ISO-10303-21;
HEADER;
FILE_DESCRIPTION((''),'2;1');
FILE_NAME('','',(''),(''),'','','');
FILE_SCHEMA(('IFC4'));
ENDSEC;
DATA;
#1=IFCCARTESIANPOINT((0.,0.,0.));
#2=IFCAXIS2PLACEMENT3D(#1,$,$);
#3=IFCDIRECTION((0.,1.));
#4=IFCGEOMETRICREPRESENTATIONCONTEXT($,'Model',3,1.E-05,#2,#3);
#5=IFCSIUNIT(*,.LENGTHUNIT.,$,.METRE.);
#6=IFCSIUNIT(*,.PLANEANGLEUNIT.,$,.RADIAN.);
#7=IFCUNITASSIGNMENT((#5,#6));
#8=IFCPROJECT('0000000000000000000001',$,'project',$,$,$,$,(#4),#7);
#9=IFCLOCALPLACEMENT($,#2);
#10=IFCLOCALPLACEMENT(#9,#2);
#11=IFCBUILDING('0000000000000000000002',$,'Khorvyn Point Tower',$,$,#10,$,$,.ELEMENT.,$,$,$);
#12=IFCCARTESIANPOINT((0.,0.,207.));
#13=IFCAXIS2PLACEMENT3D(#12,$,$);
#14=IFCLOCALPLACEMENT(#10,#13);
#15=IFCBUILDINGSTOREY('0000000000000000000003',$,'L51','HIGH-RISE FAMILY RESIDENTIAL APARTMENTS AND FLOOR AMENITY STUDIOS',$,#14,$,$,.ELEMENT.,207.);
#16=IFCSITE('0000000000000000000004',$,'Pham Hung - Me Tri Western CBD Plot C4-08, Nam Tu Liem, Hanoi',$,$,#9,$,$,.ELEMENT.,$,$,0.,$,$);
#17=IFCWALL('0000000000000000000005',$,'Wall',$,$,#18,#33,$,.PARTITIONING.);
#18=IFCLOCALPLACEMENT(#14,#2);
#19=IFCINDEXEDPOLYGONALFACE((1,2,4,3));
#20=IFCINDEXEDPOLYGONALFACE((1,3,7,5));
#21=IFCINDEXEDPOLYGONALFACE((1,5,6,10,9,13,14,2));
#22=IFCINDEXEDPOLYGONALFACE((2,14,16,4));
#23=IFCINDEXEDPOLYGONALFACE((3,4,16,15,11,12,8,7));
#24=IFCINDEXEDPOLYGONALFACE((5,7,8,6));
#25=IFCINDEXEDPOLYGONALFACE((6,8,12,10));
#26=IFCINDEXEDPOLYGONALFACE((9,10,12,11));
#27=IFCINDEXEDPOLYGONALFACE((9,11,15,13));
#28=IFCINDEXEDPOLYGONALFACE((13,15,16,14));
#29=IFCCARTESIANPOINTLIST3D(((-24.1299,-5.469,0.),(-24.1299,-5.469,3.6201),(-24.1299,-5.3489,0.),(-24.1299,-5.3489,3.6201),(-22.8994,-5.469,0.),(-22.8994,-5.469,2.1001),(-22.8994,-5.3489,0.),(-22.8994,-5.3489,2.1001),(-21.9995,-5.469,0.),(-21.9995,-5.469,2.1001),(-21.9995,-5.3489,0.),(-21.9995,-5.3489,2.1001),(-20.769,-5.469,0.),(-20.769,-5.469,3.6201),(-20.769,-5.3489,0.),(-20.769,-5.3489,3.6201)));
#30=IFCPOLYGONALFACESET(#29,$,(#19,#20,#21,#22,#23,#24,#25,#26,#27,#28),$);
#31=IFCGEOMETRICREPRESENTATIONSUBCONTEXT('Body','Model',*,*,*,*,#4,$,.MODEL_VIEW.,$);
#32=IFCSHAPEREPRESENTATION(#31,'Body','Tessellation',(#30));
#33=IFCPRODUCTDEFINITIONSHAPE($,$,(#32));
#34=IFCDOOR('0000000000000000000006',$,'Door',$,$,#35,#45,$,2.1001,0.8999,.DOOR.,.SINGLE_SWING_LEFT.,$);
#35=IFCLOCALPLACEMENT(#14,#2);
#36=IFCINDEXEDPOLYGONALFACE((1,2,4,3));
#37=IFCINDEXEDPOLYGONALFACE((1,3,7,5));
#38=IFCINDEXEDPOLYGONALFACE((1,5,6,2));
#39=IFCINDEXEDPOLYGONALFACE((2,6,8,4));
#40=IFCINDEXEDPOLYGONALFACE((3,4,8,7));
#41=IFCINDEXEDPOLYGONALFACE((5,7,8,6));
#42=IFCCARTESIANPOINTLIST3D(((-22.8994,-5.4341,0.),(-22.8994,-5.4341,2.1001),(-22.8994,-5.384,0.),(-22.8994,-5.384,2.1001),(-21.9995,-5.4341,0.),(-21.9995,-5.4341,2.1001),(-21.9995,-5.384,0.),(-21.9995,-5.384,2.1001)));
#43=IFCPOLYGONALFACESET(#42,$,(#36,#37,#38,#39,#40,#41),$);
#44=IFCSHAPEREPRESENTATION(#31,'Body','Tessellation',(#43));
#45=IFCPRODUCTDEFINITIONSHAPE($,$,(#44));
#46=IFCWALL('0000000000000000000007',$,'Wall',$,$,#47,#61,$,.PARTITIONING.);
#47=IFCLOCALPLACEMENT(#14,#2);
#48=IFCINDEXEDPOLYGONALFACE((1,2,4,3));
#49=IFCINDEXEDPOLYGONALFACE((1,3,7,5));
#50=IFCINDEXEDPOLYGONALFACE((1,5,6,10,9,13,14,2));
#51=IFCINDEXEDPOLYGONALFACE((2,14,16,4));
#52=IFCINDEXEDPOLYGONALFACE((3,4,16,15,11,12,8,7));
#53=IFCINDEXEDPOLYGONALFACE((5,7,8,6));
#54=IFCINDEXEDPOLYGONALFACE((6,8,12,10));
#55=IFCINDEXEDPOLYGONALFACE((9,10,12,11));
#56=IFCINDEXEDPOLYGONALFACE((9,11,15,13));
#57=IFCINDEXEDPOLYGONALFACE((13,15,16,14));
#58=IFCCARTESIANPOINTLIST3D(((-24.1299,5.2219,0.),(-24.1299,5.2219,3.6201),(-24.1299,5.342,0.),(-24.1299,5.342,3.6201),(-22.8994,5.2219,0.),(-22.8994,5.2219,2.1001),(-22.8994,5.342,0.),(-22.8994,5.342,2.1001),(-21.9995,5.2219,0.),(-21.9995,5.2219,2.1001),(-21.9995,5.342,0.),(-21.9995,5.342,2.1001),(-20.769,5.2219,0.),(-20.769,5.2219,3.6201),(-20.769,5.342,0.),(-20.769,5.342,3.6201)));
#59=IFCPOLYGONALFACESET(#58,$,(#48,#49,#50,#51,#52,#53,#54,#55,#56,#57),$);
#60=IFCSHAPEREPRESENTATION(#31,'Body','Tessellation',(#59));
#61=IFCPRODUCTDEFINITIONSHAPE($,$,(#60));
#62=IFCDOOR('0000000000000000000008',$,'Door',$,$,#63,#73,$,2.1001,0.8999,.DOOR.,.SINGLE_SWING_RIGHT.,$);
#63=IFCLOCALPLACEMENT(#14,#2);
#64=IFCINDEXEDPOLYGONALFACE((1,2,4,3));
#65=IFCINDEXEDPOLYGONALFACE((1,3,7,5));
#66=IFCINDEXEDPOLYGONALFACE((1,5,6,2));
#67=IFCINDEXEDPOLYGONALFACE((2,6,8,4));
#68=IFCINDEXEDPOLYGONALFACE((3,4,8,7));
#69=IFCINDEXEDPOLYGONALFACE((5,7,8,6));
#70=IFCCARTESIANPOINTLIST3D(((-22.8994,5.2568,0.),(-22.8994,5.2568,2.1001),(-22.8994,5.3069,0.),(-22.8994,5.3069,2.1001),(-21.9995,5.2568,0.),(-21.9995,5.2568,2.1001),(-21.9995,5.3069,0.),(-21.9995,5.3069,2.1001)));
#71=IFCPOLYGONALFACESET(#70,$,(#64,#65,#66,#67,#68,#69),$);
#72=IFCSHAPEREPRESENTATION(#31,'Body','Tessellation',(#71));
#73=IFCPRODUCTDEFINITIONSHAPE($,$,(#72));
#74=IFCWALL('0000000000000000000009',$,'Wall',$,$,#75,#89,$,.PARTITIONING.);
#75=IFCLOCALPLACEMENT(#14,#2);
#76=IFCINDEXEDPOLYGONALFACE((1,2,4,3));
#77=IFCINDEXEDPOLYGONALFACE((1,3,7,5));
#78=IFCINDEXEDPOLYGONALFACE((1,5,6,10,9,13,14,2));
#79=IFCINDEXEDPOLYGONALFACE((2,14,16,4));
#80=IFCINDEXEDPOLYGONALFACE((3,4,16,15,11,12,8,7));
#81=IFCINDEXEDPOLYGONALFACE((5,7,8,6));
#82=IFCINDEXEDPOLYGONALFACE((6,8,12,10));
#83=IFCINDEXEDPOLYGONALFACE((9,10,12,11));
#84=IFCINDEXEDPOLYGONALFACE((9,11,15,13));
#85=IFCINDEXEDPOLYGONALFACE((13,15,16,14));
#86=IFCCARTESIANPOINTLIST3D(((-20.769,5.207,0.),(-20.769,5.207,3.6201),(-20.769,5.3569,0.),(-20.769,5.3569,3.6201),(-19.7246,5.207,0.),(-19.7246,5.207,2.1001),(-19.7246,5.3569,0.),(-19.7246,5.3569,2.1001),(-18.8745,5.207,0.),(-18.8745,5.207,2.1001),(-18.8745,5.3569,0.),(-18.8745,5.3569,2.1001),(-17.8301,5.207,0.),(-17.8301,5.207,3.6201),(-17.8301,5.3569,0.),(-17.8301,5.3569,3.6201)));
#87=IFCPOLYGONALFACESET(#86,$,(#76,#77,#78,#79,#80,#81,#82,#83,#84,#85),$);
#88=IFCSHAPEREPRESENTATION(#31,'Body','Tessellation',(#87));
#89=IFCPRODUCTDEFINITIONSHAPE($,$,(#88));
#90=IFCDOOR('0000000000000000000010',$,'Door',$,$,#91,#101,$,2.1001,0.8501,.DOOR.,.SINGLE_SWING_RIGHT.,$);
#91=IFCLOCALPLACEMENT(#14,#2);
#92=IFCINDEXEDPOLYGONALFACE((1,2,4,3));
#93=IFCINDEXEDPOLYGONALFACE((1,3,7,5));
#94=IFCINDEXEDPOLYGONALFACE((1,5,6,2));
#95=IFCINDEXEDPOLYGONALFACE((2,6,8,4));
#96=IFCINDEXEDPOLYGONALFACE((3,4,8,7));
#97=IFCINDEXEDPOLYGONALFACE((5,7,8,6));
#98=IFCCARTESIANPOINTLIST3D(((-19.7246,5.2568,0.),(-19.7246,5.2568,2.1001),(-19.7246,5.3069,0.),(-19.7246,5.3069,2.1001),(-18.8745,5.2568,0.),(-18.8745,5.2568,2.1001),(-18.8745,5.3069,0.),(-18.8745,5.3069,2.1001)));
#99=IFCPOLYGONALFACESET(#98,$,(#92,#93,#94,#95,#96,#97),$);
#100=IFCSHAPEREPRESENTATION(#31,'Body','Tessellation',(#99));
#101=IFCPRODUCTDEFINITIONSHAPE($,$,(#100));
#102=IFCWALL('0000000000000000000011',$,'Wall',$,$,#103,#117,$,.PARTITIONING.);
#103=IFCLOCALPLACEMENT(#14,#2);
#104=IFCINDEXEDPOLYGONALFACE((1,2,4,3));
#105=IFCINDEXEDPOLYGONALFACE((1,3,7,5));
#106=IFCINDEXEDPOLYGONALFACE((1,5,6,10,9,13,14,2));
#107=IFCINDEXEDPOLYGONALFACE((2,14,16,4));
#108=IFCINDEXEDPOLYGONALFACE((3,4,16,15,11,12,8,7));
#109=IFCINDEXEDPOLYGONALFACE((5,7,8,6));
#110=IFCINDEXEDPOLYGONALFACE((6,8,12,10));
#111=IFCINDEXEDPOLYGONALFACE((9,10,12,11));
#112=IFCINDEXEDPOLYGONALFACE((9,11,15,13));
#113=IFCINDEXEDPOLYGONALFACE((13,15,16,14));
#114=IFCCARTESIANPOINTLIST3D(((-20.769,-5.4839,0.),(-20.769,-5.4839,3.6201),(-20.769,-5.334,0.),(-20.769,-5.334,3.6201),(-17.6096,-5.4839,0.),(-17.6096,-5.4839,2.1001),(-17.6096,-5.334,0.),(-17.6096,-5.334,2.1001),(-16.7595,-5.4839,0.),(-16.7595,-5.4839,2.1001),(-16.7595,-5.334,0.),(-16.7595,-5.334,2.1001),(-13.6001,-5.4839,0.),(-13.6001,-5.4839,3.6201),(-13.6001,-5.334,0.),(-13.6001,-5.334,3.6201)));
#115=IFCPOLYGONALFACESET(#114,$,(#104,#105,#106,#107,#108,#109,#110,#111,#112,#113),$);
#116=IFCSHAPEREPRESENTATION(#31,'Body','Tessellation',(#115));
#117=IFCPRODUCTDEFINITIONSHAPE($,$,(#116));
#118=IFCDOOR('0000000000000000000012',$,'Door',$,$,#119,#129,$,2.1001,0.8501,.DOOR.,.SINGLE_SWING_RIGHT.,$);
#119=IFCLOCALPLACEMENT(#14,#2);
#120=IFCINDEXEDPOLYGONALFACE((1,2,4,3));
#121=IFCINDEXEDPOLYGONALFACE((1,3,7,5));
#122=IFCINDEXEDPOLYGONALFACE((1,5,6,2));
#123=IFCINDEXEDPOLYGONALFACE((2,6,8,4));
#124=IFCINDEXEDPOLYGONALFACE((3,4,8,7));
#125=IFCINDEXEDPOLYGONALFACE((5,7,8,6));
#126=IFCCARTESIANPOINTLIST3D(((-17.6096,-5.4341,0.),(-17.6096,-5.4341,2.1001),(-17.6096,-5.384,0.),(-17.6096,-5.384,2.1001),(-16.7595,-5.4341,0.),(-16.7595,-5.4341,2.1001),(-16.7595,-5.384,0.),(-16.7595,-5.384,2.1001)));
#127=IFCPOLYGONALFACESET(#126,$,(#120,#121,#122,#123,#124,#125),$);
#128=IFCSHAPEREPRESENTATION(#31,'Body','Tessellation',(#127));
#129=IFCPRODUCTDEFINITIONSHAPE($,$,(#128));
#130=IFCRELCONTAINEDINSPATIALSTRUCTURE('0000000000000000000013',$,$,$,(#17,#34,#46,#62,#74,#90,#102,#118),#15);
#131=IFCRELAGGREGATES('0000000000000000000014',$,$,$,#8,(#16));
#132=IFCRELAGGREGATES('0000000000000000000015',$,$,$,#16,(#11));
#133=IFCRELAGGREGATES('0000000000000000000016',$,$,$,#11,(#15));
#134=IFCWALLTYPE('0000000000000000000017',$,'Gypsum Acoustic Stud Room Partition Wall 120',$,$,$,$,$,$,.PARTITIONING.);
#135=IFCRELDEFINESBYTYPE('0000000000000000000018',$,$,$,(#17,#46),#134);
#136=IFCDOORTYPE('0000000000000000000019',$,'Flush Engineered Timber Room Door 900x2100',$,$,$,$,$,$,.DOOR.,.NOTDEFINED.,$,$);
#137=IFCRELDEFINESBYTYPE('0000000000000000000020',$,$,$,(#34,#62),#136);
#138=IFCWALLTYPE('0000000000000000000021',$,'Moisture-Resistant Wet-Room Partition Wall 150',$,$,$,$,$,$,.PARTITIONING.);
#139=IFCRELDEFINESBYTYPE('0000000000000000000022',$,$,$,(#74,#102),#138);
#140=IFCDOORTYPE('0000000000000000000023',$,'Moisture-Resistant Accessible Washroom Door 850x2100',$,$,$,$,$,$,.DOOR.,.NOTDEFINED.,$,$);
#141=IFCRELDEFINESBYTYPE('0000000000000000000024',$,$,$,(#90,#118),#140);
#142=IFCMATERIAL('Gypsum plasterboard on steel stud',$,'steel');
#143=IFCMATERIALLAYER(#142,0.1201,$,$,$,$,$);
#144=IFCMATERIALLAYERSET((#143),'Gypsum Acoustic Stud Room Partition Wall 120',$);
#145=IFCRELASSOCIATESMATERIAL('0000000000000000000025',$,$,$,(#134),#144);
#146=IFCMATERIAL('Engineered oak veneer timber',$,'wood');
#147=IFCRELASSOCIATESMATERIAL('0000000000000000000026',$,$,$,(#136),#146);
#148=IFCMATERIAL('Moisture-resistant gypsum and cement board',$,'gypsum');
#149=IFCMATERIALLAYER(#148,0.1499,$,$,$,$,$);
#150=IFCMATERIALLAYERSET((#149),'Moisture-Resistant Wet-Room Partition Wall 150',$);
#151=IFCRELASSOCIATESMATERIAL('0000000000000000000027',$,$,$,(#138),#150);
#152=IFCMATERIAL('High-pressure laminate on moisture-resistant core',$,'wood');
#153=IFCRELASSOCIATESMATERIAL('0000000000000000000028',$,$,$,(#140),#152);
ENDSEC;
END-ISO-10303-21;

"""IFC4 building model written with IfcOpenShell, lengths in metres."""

from ifc_helpers import new_model, si_unit, direction, frame, frame_2d, origin, place, context, subcontext, project, spatial, rectangle, extrude, material, layer, layer_set, type_object, element, fill, save


model = new_model("IFC4")

# Units and contexts
model_context = context("Model", 3, precision=1e-05, world=origin(), true_north=direction((0.0, 1.0)))
body_context = subcontext(model_context, "Body", "Model", "MODEL_VIEW")
ifc_project = project(units=[si_unit("LENGTHUNIT", "METRE"), si_unit("PLANEANGLEUNIT", "RADIAN")], contexts=[model_context])

# Site, building, storey
site_placement = place(None, origin())
site = spatial("IfcSite", under=ifc_project, at=site_placement, Name="Pham Hung - Me Tri Western CBD Plot C4-08, Nam Tu Liem, Hanoi", CompositionType="ELEMENT", RefElevation=0.0)
building_placement = place(site_placement, origin())
building = spatial("IfcBuilding", under=site, at=building_placement, Name="Khorvyn Point Tower", CompositionType="ELEMENT")
storey_placement = place(building_placement, frame((0.0, 0.0, 207.0)))
storey = spatial("IfcBuildingStorey", under=building, at=storey_placement, Name="L51", Description="HIGH-RISE FAMILY RESIDENTIAL APARTMENTS AND FLOOR AMENITY STUDIOS", CompositionType="ELEMENT", Elevation=207.0)

# Walls, openings, doors
ifc_material_1 = material(Name="Gypsum plasterboard on steel stud", Category="steel")
ifc_layer_1 = layer(ifc_material_1, 0.1201)
ifc_layer_set_1 = layer_set([ifc_layer_1], Name="Gypsum Acoustic Stud Room Partition Wall 120")
wall_type_1 = type_object("IfcWallType", Name="Gypsum Acoustic Stud Room Partition Wall 120", PredefinedType="PARTITIONING", material=ifc_layer_set_1)
ifc_material_2 = material(Name="Engineered oak veneer timber", Category="wood")
door_type_1 = type_object("IfcDoorType", Name="Flush Engineered Timber Room Door 900x2100", OperationType="NOTDEFINED", PredefinedType="DOOR", material=ifc_material_2)
wall_1_placement = place(storey_placement, frame((-24.1299, -5.4089, 0.0), z_axis=(0.0, 0.0, 1.0), x_axis=(1.0, 0.0, 0.0)))
wall_1 = element("IfcWall", 1, at=wall_1_placement, inside=storey, type_object=wall_type_1, Name="Wall", PredefinedType="PARTITIONING", context=body_context, shape_type="SweptSolid", body=[
    extrude(rectangle(XDim=3.3608, YDim=0.1201, at=frame_2d((1.6804, 0.0))), origin(), (0.0, 0.0, 1.0), 3.6201),
])
opening_1_placement = place(wall_1_placement, frame((1.2305, 0.0, 0.0)))
opening_1 = element("IfcOpeningElement", 2, at=opening_1_placement, cuts=wall_1, PredefinedType="OPENING", context=body_context, shape_type="SweptSolid", body=[
    extrude(rectangle(XDim=0.8999, YDim=2.1001, at=frame_2d((0.45, 1.05))), frame((0.0, 0.0701, 0.0), z_axis=(0.0, -1.0, 0.0), x_axis=(1.0, 0.0, 0.0)), (0.0, 0.0, 1.0), 0.1401),
])
door_1_placement = place(opening_1_placement, origin())
door_1 = element("IfcDoor", 3, at=door_1_placement, inside=storey, type_object=door_type_1, Name="Door", OperationType="SINGLE_SWING_LEFT", OverallHeight=2.1001, OverallWidth=0.8999, PredefinedType="DOOR", context=body_context, shape_type="SweptSolid", body=[
    extrude(rectangle(XDim=0.8999, YDim=2.1001, at=frame_2d((0.45, 1.05))), frame((0.0, 0.0249, 0.0), z_axis=(0.0, -1.0, 0.0), x_axis=(1.0, 0.0, 0.0)), (0.0, 0.0, 1.0), 0.05),
])
fill(opening_1, door_1)
wall_2_placement = place(storey_placement, frame((-24.1299, 5.282, 0.0), z_axis=(0.0, 0.0, 1.0), x_axis=(1.0, 0.0, 0.0)))
wall_2 = element("IfcWall", 4, at=wall_2_placement, inside=storey, type_object=wall_type_1, Name="Wall", PredefinedType="PARTITIONING", context=body_context, shape_type="SweptSolid", body=[
    extrude(rectangle(XDim=3.3608, YDim=0.1201, at=frame_2d((1.6804, 0.0))), origin(), (0.0, 0.0, 1.0), 3.6201),
])
opening_2_placement = place(wall_2_placement, frame((1.2305, 0.0, 0.0)))
opening_2 = element("IfcOpeningElement", 5, at=opening_2_placement, cuts=wall_2, PredefinedType="OPENING", context=body_context, shape_type="SweptSolid", body=[
    extrude(rectangle(XDim=0.8999, YDim=2.1001, at=frame_2d((0.45, 1.05))), frame((0.0, 0.0701, 0.0), z_axis=(0.0, -1.0, 0.0), x_axis=(1.0, 0.0, 0.0)), (0.0, 0.0, 1.0), 0.1401),
])
door_2_placement = place(opening_2_placement, origin())
door_2 = element("IfcDoor", 6, at=door_2_placement, inside=storey, type_object=door_type_1, Name="Door", OperationType="SINGLE_SWING_RIGHT", OverallHeight=2.1001, OverallWidth=0.8999, PredefinedType="DOOR", context=body_context, shape_type="SweptSolid", body=[
    extrude(rectangle(XDim=0.8999, YDim=2.1001, at=frame_2d((0.45, 1.05))), frame((0.0, 0.0249, 0.0), z_axis=(0.0, -1.0, 0.0), x_axis=(1.0, 0.0, 0.0)), (0.0, 0.0, 1.0), 0.05),
])
fill(opening_2, door_2)
ifc_material_3 = material(Name="Moisture-resistant gypsum and cement board", Category="gypsum")
ifc_layer_2 = layer(ifc_material_3, 0.1499)
ifc_layer_set_2 = layer_set([ifc_layer_2], Name="Moisture-Resistant Wet-Room Partition Wall 150")
wall_type_2 = type_object("IfcWallType", Name="Moisture-Resistant Wet-Room Partition Wall 150", PredefinedType="PARTITIONING", material=ifc_layer_set_2)
wall_3_placement = place(storey_placement, frame((-20.769, 5.282, 0.0), z_axis=(0.0, 0.0, 1.0), x_axis=(1.0, 0.0, 0.0)))
wall_3 = element("IfcWall", 7, at=wall_3_placement, inside=storey, type_object=wall_type_2, Name="Wall", PredefinedType="PARTITIONING", context=body_context, shape_type="SweptSolid", body=[
    extrude(rectangle(XDim=2.939, YDim=0.1499, at=frame_2d((1.4695, 0.0))), origin(), (0.0, 0.0, 1.0), 3.6201),
])
opening_3_placement = place(wall_3_placement, frame((1.0444, 0.0, 0.0)))
opening_3 = element("IfcOpeningElement", 8, at=opening_3_placement, cuts=wall_3, PredefinedType="OPENING", context=body_context, shape_type="SweptSolid", body=[
    extrude(rectangle(XDim=0.8501, YDim=2.1001, at=frame_2d((0.425, 1.05))), frame((0.0, 0.085, 0.0), z_axis=(0.0, -1.0, 0.0), x_axis=(1.0, 0.0, 0.0)), (0.0, 0.0, 1.0), 0.1699),
])
ifc_material_4 = material(Name="High-pressure laminate on moisture-resistant core", Category="wood")
door_type_2 = type_object("IfcDoorType", Name="Moisture-Resistant Accessible Washroom Door 850x2100", OperationType="NOTDEFINED", PredefinedType="DOOR", material=ifc_material_4)
door_3_placement = place(opening_3_placement, origin())
door_3 = element("IfcDoor", 9, at=door_3_placement, inside=storey, type_object=door_type_2, Name="Door", OperationType="SINGLE_SWING_RIGHT", OverallHeight=2.1001, OverallWidth=0.8501, PredefinedType="DOOR", context=body_context, shape_type="SweptSolid", body=[
    extrude(rectangle(XDim=0.8501, YDim=2.1001, at=frame_2d((0.425, 1.05))), frame((0.0, 0.0249, 0.0), z_axis=(0.0, -1.0, 0.0), x_axis=(1.0, 0.0, 0.0)), (0.0, 0.0, 1.0), 0.05),
])
fill(opening_3, door_3)
wall_4_placement = place(storey_placement, frame((-20.769, -5.4089, 0.0), z_axis=(0.0, 0.0, 1.0), x_axis=(1.0, 0.0, 0.0)))
wall_4 = element("IfcWall", 10, at=wall_4_placement, inside=storey, type_object=wall_type_2, Name="Wall", PredefinedType="PARTITIONING", context=body_context, shape_type="SweptSolid", body=[
    extrude(rectangle(XDim=7.1689, YDim=0.1499, at=frame_2d((3.5845, 0.0))), origin(), (0.0, 0.0, 1.0), 3.6201),
])
opening_4_placement = place(wall_4_placement, frame((3.1594, 0.0, 0.0)))
opening_4 = element("IfcOpeningElement", 11, at=opening_4_placement, cuts=wall_4, PredefinedType="OPENING", context=body_context, shape_type="SweptSolid", body=[
    extrude(rectangle(XDim=0.8501, YDim=2.1001, at=frame_2d((0.425, 1.05))), frame((0.0, 0.085, 0.0), z_axis=(0.0, -1.0, 0.0), x_axis=(1.0, 0.0, 0.0)), (0.0, 0.0, 1.0), 0.1699),
])
door_4_placement = place(opening_4_placement, origin())
door_4 = element("IfcDoor", 12, at=door_4_placement, inside=storey, type_object=door_type_2, Name="Door", OperationType="SINGLE_SWING_RIGHT", OverallHeight=2.1001, OverallWidth=0.8501, PredefinedType="DOOR", context=body_context, shape_type="SweptSolid", body=[
    extrude(rectangle(XDim=0.8501, YDim=2.1001, at=frame_2d((0.425, 1.05))), frame((0.0, 0.0249, 0.0), z_axis=(0.0, -1.0, 0.0), x_axis=(1.0, 0.0, 0.0)), (0.0, 0.0, 1.0), 0.05),
])
fill(opening_4, door_4)

save(model, "model.ifc")
